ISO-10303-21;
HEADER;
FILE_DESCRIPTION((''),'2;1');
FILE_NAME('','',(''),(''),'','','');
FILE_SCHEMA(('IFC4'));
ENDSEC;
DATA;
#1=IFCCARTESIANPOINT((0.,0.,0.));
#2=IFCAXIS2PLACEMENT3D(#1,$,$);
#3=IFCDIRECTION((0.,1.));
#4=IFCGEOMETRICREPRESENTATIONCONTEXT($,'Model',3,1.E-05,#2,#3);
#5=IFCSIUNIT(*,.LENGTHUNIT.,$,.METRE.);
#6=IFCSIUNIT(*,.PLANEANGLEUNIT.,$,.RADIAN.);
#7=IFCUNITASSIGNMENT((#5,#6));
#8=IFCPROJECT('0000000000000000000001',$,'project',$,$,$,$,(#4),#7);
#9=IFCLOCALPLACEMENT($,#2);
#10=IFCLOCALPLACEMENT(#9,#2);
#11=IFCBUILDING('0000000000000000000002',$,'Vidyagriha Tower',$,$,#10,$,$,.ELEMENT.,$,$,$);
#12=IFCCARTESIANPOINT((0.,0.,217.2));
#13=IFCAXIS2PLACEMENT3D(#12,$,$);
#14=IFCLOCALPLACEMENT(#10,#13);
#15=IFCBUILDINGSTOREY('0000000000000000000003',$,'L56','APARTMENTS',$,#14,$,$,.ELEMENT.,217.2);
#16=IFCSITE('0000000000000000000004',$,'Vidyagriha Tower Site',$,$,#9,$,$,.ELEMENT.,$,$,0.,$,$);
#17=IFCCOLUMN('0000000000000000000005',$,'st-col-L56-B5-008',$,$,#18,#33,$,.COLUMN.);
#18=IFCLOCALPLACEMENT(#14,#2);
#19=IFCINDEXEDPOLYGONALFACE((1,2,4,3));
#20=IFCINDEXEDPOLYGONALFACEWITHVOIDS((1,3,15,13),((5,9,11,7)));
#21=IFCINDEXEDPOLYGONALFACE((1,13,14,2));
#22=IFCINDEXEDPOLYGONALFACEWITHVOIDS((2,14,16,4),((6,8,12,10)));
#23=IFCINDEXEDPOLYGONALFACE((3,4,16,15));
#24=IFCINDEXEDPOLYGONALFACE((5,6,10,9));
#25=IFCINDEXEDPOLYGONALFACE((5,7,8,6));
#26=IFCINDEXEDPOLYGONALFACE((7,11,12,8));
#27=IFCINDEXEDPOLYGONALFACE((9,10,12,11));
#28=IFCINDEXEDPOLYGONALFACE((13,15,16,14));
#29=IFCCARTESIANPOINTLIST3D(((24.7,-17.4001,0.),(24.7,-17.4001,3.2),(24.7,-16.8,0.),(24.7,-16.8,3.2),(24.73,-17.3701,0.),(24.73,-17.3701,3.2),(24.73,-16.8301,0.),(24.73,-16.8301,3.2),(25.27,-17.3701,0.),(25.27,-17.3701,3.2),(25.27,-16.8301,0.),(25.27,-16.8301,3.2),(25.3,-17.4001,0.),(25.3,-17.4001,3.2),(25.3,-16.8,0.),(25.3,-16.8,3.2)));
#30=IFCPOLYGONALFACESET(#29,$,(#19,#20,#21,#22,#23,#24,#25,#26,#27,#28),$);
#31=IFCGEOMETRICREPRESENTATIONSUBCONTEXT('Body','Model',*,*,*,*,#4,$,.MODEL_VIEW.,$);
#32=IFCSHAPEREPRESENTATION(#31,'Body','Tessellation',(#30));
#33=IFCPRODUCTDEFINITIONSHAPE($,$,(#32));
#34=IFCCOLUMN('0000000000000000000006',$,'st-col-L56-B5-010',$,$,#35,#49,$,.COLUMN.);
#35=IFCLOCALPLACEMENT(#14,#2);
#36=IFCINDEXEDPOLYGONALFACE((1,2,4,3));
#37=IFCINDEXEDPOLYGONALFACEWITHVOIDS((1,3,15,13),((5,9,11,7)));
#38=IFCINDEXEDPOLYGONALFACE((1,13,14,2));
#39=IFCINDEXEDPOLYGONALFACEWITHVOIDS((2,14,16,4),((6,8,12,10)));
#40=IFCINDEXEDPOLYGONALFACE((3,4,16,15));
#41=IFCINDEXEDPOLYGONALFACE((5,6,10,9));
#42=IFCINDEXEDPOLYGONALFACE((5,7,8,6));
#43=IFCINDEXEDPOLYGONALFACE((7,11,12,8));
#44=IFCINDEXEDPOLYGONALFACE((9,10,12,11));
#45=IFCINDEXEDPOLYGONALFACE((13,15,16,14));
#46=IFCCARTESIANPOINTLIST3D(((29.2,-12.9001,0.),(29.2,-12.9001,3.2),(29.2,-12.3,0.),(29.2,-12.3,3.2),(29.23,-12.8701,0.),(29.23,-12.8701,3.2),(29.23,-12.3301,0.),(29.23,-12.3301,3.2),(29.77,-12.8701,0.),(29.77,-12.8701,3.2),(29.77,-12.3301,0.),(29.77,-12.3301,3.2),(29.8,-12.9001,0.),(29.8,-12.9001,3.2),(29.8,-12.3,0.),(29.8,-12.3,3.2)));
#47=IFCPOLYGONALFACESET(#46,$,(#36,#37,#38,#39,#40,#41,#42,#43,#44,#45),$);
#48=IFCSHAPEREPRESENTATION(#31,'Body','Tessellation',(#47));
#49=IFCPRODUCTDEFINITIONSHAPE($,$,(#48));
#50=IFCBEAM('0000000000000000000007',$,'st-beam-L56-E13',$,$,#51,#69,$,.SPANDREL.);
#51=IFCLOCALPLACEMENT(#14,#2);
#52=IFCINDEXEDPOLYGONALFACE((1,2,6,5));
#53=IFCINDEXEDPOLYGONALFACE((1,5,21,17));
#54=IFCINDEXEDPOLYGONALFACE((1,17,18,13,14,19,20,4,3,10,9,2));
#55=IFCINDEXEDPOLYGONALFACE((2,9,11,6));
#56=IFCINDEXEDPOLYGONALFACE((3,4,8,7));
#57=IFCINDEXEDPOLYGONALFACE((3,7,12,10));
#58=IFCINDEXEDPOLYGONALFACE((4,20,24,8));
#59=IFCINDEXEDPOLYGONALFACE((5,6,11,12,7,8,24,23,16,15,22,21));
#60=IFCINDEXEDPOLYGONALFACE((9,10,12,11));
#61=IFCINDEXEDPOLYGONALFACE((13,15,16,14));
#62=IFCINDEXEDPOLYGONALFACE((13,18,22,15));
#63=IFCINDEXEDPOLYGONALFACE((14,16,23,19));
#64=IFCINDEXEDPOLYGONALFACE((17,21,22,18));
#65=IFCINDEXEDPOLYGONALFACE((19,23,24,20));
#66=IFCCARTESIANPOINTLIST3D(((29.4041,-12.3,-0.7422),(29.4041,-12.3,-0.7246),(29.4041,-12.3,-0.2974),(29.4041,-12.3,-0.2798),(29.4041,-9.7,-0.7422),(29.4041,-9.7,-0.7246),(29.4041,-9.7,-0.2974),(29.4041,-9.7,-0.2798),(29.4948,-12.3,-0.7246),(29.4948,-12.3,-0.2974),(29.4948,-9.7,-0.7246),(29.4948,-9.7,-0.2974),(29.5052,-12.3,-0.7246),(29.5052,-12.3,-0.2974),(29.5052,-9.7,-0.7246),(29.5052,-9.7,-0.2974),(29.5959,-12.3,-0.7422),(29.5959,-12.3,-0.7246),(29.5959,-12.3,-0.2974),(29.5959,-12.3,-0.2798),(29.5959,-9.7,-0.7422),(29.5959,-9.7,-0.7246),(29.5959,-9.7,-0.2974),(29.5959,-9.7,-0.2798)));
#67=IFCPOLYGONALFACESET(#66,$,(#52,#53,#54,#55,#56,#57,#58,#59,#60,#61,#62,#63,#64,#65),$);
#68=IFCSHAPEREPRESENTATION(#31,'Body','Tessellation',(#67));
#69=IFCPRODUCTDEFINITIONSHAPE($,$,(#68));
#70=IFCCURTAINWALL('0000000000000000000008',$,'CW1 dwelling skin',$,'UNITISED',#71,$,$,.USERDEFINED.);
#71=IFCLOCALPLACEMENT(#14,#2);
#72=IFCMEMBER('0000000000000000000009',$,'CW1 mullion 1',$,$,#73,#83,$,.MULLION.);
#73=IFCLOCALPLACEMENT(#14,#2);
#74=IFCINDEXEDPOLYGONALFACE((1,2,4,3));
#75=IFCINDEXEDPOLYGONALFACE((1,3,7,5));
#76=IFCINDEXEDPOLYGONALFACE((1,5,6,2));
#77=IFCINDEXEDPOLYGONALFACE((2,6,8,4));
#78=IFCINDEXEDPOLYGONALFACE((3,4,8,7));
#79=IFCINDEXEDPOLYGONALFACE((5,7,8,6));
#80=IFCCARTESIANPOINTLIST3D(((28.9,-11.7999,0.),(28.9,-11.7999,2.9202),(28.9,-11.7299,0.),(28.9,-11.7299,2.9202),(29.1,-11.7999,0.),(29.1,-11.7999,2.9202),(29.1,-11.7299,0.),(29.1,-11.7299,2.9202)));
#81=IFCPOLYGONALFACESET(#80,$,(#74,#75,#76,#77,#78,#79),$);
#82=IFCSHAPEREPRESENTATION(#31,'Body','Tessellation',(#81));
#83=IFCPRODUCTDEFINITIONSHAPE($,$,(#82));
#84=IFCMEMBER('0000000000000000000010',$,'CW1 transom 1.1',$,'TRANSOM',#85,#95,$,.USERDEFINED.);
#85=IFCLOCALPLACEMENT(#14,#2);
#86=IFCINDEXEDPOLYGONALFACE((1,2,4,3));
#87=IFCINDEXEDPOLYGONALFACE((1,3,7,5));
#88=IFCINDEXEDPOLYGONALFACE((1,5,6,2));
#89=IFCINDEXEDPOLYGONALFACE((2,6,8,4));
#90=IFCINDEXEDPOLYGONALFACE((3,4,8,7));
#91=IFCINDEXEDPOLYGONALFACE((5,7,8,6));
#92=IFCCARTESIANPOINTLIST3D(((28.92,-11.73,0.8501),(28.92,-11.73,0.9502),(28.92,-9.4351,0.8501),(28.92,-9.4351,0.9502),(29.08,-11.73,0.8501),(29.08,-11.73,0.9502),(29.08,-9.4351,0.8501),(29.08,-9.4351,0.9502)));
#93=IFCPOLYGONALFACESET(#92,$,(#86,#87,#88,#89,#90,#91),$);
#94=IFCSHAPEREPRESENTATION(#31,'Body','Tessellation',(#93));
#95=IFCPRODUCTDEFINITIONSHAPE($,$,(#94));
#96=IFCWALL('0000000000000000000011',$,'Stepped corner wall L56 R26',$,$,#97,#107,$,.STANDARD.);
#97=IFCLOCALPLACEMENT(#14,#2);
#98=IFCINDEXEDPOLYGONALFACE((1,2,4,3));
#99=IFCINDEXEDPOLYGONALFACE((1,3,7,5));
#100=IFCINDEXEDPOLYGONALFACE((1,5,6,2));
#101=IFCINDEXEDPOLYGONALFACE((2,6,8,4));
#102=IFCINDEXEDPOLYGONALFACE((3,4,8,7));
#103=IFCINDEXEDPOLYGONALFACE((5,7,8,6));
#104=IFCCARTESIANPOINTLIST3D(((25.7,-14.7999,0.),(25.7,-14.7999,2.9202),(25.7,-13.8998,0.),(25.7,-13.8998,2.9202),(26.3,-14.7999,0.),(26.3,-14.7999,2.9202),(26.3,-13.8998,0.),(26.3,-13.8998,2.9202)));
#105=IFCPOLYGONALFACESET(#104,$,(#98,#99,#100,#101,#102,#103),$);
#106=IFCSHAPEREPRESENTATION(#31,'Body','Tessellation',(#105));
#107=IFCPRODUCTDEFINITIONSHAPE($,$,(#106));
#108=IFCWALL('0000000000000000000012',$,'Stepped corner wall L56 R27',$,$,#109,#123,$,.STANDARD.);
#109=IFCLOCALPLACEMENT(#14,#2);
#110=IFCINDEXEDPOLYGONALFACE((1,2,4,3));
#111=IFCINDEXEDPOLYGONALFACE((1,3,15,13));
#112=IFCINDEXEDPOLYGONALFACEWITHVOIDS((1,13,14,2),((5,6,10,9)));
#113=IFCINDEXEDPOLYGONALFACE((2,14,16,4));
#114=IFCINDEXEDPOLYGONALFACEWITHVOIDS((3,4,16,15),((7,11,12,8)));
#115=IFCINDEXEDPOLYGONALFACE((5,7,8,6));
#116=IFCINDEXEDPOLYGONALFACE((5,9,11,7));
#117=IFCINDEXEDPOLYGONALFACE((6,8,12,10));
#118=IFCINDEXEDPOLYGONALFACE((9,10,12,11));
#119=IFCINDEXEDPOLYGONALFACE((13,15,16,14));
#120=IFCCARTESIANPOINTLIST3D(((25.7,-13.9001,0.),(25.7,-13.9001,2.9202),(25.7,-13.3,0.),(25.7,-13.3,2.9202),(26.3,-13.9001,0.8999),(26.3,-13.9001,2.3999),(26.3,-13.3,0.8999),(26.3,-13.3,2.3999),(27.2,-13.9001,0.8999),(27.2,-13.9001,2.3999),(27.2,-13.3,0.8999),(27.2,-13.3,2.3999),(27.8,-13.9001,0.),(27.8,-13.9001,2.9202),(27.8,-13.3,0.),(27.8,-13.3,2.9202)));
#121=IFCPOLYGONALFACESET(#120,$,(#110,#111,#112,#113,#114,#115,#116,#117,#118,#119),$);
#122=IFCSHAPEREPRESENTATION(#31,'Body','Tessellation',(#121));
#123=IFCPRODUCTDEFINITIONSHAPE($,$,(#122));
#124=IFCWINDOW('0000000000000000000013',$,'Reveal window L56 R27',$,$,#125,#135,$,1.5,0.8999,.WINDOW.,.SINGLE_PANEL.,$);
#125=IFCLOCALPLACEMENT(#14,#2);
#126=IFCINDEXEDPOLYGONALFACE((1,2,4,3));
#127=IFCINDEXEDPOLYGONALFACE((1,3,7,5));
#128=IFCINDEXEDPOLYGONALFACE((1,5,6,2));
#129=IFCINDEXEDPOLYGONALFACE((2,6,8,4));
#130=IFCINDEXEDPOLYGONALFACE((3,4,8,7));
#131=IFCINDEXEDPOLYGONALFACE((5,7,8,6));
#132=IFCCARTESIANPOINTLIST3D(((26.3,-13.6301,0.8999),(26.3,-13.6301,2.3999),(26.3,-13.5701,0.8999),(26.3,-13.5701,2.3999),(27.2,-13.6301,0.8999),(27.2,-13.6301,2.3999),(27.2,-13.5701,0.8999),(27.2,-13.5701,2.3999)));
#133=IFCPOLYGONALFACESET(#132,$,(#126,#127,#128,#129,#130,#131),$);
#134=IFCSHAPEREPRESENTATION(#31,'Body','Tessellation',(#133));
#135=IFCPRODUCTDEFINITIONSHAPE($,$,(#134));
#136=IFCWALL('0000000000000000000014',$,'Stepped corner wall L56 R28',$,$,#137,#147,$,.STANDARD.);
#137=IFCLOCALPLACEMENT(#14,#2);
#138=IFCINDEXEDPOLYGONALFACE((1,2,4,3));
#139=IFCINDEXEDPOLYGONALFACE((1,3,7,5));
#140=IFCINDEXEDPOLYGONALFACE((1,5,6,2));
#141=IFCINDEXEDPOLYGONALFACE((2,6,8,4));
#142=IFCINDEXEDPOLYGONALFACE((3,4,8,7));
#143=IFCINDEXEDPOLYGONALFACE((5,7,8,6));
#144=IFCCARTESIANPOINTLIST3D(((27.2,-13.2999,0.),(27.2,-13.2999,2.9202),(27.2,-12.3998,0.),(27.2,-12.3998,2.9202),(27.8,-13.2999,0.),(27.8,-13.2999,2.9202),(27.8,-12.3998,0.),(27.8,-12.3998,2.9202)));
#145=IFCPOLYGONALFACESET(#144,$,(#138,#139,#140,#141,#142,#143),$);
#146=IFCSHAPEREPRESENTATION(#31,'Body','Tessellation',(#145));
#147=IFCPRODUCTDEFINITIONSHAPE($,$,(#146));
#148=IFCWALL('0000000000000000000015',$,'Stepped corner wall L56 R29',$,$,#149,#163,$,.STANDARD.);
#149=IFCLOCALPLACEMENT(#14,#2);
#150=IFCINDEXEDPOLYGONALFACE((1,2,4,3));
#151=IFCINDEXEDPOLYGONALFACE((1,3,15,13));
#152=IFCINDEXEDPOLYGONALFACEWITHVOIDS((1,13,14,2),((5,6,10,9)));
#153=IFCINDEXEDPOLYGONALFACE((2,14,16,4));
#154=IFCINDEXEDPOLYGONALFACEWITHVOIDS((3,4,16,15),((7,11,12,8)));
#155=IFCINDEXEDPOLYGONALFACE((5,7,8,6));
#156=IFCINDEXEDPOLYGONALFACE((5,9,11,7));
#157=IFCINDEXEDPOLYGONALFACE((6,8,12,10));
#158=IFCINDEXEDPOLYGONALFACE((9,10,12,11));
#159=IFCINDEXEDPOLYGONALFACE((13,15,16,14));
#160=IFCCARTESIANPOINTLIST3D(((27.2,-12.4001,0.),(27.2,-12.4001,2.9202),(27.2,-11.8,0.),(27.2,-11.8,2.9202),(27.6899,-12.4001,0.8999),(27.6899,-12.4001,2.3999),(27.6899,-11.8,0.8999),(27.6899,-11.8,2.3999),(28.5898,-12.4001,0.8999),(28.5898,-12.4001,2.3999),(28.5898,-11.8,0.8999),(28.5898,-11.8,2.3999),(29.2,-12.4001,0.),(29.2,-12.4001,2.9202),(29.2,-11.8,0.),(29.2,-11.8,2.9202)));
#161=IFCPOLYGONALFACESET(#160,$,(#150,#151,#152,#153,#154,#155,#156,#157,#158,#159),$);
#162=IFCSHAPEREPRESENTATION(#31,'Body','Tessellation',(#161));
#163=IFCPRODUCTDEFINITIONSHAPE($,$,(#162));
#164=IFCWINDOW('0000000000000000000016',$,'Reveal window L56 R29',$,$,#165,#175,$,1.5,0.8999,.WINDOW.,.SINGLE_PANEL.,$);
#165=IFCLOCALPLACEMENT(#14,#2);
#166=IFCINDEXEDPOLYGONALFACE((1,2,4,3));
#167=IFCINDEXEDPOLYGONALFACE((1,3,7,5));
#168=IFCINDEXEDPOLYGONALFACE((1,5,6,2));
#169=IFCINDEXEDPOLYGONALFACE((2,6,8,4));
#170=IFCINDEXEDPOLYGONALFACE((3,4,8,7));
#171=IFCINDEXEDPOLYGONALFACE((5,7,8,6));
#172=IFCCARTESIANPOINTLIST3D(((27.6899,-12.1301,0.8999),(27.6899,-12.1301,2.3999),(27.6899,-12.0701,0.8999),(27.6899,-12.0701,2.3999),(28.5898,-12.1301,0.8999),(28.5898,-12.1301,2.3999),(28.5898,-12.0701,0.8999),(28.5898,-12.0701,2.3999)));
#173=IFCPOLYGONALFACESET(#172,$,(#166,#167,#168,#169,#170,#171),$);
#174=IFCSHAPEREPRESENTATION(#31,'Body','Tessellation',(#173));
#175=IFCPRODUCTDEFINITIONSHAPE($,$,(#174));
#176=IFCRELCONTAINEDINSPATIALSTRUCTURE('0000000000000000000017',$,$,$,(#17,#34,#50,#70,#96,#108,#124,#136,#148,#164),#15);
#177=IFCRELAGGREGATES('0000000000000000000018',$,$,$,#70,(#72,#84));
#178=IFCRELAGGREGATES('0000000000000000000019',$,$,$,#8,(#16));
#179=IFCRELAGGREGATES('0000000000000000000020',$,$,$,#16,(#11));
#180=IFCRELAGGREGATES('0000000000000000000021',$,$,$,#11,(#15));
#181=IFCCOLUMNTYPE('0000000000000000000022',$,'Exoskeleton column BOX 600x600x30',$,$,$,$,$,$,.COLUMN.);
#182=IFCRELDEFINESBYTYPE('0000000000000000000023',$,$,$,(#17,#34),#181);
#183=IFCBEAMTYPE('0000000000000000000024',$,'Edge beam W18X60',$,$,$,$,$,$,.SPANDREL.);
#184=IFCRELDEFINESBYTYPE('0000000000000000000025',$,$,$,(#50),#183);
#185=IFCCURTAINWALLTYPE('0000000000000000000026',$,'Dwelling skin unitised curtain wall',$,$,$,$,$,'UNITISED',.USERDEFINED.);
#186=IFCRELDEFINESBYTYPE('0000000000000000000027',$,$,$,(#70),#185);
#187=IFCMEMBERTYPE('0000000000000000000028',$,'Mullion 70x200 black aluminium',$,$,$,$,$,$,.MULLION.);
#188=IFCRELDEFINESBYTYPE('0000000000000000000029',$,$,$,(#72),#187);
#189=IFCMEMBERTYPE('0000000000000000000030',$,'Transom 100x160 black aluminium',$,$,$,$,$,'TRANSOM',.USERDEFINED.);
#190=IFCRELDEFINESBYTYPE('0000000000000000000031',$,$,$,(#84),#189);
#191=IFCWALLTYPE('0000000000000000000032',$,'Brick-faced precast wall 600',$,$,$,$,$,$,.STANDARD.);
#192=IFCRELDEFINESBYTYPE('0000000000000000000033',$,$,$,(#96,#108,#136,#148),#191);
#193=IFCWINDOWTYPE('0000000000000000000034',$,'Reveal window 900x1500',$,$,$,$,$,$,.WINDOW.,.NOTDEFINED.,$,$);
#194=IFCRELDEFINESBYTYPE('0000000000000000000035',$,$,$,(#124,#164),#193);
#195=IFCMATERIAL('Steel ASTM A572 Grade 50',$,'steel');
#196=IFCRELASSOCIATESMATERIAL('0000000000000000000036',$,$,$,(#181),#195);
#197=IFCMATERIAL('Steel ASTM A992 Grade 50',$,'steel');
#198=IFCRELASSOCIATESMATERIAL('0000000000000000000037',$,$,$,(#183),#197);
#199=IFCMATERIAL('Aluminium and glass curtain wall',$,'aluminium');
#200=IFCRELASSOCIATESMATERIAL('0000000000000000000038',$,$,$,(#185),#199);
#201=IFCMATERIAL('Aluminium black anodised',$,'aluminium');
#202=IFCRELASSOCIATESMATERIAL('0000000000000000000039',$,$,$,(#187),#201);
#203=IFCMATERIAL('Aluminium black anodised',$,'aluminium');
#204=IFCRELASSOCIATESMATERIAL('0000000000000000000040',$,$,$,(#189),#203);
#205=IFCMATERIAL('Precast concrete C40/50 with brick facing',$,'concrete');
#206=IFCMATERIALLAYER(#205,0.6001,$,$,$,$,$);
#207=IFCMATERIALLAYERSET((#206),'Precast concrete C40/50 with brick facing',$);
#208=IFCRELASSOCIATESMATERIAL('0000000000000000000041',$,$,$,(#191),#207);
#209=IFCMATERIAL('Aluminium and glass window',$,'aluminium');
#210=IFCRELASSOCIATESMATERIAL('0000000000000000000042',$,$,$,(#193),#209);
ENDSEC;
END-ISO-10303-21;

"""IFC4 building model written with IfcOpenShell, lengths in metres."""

from ifc_helpers import new_model, si_unit, direction, frame, frame_2d, origin, origin_2d, place, context, subcontext, project, spatial, rectangle, hollow_rectangle, i_section, extrude, material, layer, layer_set, material_profile, profile_set, type_object, element, fill, aggregate, save


model = new_model("IFC4")

# Units and contexts
model_context = context("Model", 3, precision=1e-05, world=origin(), true_north=direction((0.0, 1.0)))
body_context = subcontext(model_context, "Body", "Model", "MODEL_VIEW")
ifc_project = project(units=[si_unit("LENGTHUNIT", "METRE"), si_unit("PLANEANGLEUNIT", "RADIAN")], contexts=[model_context])

# Site, building, storey
site_placement = place(None, origin())
site = spatial("IfcSite", under=ifc_project, at=site_placement, Name="Vidyagriha Tower Site", CompositionType="ELEMENT", RefElevation=0.0)
building_placement = place(site_placement, origin())
building = spatial("IfcBuilding", under=site, at=building_placement, Name="Vidyagriha Tower", CompositionType="ELEMENT")
storey_placement = place(building_placement, frame((0.0, 0.0, 217.2)))
storey = spatial("IfcBuildingStorey", under=building, at=storey_placement, Name="L56", Description="APARTMENTS", CompositionType="ELEMENT", Elevation=217.2)

# Columns
ifc_material_1 = material(Name="Steel ASTM A572 Grade 50", Category="steel")
ifc_material_profile_1 = material_profile(ifc_material_1, hollow_rectangle(XDim=0.6001, YDim=0.6001, WallThickness=0.03, at=origin_2d()), Name="BOX 600x600x30")
ifc_profile_set_1 = profile_set([ifc_material_profile_1], Name="Steel ASTM A572 Grade 50")
column_type = type_object("IfcColumnType", Name="Exoskeleton column BOX 600x600x30", PredefinedType="COLUMN", material=ifc_profile_set_1)
for number, where, name in (
    (1, (25.0, -17.1001, 0.0), "st-col-L56-B5-008"),
    (2, (29.5, -12.6001, 0.0), "st-col-L56-B5-010"),
):
    element("IfcColumn", number, at=place(storey_placement, frame(where)), inside=storey, type_object=column_type, Name=name, PredefinedType="COLUMN", context=body_context, shape_type="SweptSolid", body=[
        extrude(hollow_rectangle(XDim=0.6001, YDim=0.6001, WallThickness=0.03, at=origin_2d()), origin(), (0.0, 0.0, 1.0), 3.2),
    ])

# Beam
ifc_material_2 = material(Name="Steel ASTM A992 Grade 50", Category="steel")
ifc_material_profile_2 = material_profile(ifc_material_2, i_section(OverallWidth=0.1919, OverallDepth=0.4624, WebThickness=0.0105, FlangeThickness=0.0176, at=origin_2d()), Name="W18X60")
ifc_profile_set_2 = profile_set([ifc_material_profile_2], Name="Steel ASTM A992 Grade 50")
beam_type = type_object("IfcBeamType", Name="Edge beam W18X60", PredefinedType="SPANDREL", material=ifc_profile_set_2)
beam_placement = place(storey_placement, frame((29.5, -12.3, -0.511), z_axis=(0.0, 1.0, 0.0), x_axis=(-1.0, 0.0, 0.0)))
element("IfcBeam", 3, at=beam_placement, inside=storey, type_object=beam_type, Name="st-beam-L56-E13", PredefinedType="SPANDREL", context=body_context, shape_type="SweptSolid", body=[
    extrude(i_section(OverallWidth=0.1919, OverallDepth=0.4624, WebThickness=0.0105, FlangeThickness=0.0176, at=origin_2d()), origin(), (0.0, 0.0, 1.0), 2.6001),
])

# Curtain wall, members
ifc_material_3 = material(Name="Aluminium and glass curtain wall", Category="aluminium")
curtain_wall_type = type_object("IfcCurtainWallType", Name="Dwelling skin unitised curtain wall", ElementType="UNITISED", PredefinedType="USERDEFINED", material=ifc_material_3)
curtain_wall_placement = place(storey_placement, origin())
curtain_wall = element("IfcCurtainWall", 4, at=curtain_wall_placement, inside=storey, type_object=curtain_wall_type, Name="CW1 dwelling skin", ObjectType="UNITISED", PredefinedType="USERDEFINED")
ifc_material_4 = material(Name="Aluminium black anodised", Category="aluminium")
ifc_material_profile_3 = material_profile(ifc_material_4, rectangle(XDim=0.2, YDim=0.0701, at=origin_2d()), Name="Mullion 70x200 black aluminium")
ifc_profile_set_3 = profile_set([ifc_material_profile_3], Name="Aluminium black anodised")
member_type_1 = type_object("IfcMemberType", Name="Mullion 70x200 black aluminium", PredefinedType="MULLION", material=ifc_profile_set_3)
member_1_placement = place(storey_placement, frame((29.0, -11.7649, 0.0), z_axis=(0.0, 0.0, 1.0), x_axis=(-1.0, 0.0, 0.0)))
member_1 = element("IfcMember", 5, at=member_1_placement, type_object=member_type_1, Name="CW1 mullion 1", PredefinedType="MULLION", context=body_context, shape_type="SweptSolid", body=[
    extrude(rectangle(XDim=0.2, YDim=0.0701, at=origin_2d()), origin(), (0.0, 0.0, 1.0), 2.9202),
])
ifc_material_5 = material(Name="Aluminium black anodised", Category="aluminium")
ifc_material_profile_4 = material_profile(ifc_material_5, rectangle(XDim=0.1599, YDim=0.1001, at=origin_2d()), Name="Transom 100x160 black aluminium")
ifc_profile_set_4 = profile_set([ifc_material_profile_4], Name="Aluminium black anodised")
member_type_2 = type_object("IfcMemberType", Name="Transom 100x160 black aluminium", ElementType="TRANSOM", PredefinedType="USERDEFINED", material=ifc_profile_set_4)
member_2_placement = place(storey_placement, frame((29.0, -11.73, 0.9001), z_axis=(0.0, 1.0, 0.0), x_axis=(-1.0, 0.0, 0.0)))
member_2 = element("IfcMember", 6, at=member_2_placement, type_object=member_type_2, Name="CW1 transom 1.1", ObjectType="TRANSOM", PredefinedType="USERDEFINED", context=body_context, shape_type="SweptSolid", body=[
    extrude(rectangle(XDim=0.1599, YDim=0.1001, at=origin_2d()), origin(), (0.0, 0.0, 1.0), 2.2949),
])
aggregate(curtain_wall, [member_1, member_2])

# Wall
ifc_material_6 = material(Name="Precast concrete C40/50 with brick facing", Category="concrete")
ifc_layer_1 = layer(ifc_material_6, 0.6001)
ifc_layer_set_1 = layer_set([ifc_layer_1], Name="Precast concrete C40/50 with brick facing")
wall_type_1 = type_object("IfcWallType", Name="Brick-faced precast wall 600", PredefinedType="STANDARD", material=ifc_layer_set_1)
wall_1_placement = place(storey_placement, frame((26.0, -14.8, 0.0), z_axis=(0.0, 0.0, 1.0), x_axis=(0.0, 1.0, 0.0)))
element("IfcWall", 7, at=wall_1_placement, inside=storey, type_object=wall_type_1, Name="Stepped corner wall L56 R26", PredefinedType="STANDARD", context=body_context, shape_type="SweptSolid", body=[
    extrude(rectangle(XDim=0.9001, YDim=0.6001, at=frame_2d((0.4502, 0.0))), origin(), (0.0, 0.0, 1.0), 2.9202),
])

# Wall, opening, window
wall_2_placement = place(storey_placement, frame((25.7, -13.6001, 0.0)))
wall_2 = element("IfcWall", 8, at=wall_2_placement, inside=storey, type_object=wall_type_1, Name="Stepped corner wall L56 R27", PredefinedType="STANDARD", context=body_context, shape_type="SweptSolid", body=[
    extrude(rectangle(XDim=2.1001, YDim=0.6001, at=frame_2d((1.05, 0.0))), origin(), (0.0, 0.0, 1.0), 2.9202),
])
opening_1_placement = place(wall_2_placement, frame((0.6001, 0.0, 0.8999)))
opening_1 = element("IfcOpeningElement", 9, at=opening_1_placement, cuts=wall_2, PredefinedType="OPENING", context=body_context, shape_type="SweptSolid", body=[
    extrude(rectangle(XDim=0.8999, YDim=1.5, at=frame_2d((0.45, 0.75))), frame((0.0, 0.3101, 0.0), z_axis=(0.0, -1.0, 0.0), x_axis=(1.0, 0.0, 0.0)), (0.0, 0.0, 1.0), 0.6201),
])
ifc_material_7 = material(Name="Aluminium and glass window", Category="aluminium")
window_type = type_object("IfcWindowType", Name="Reveal window 900x1500", PartitioningType="NOTDEFINED", PredefinedType="WINDOW", material=ifc_material_7)
window_1_placement = place(opening_1_placement, origin())
window_1 = element("IfcWindow", 10, at=window_1_placement, inside=storey, type_object=window_type, Name="Reveal window L56 R27", OverallHeight=1.5, OverallWidth=0.8999, PartitioningType="SINGLE_PANEL", PredefinedType="WINDOW", context=body_context, shape_type="SweptSolid", body=[
    extrude(rectangle(XDim=0.8999, YDim=1.5, at=frame_2d((0.45, 0.75))), frame((0.0, 0.03, 0.0), z_axis=(0.0, -1.0, 0.0), x_axis=(1.0, 0.0, 0.0)), (0.0, 0.0, 1.0), 0.0601),
])
fill(opening_1, window_1)

# Wall
wall_3_placement = place(storey_placement, frame((27.5, -13.3, 0.0), z_axis=(0.0, 0.0, 1.0), x_axis=(0.0, 1.0, 0.0)))
element("IfcWall", 11, at=wall_3_placement, inside=storey, type_object=wall_type_1, Name="Stepped corner wall L56 R28", PredefinedType="STANDARD", context=body_context, shape_type="SweptSolid", body=[
    extrude(rectangle(XDim=0.9001, YDim=0.6001, at=frame_2d((0.4502, 0.0))), origin(), (0.0, 0.0, 1.0), 2.9202),
])

# Wall, opening, window
wall_4_placement = place(storey_placement, frame((27.2, -12.1001, 0.0)))
wall_4 = element("IfcWall", 12, at=wall_4_placement, inside=storey, type_object=wall_type_1, Name="Stepped corner wall L56 R29", PredefinedType="STANDARD", context=body_context, shape_type="SweptSolid", body=[
    extrude(rectangle(XDim=2.0, YDim=0.6001, at=frame_2d((1.0, 0.0))), origin(), (0.0, 0.0, 1.0), 2.9202),
])
opening_2_placement = place(wall_4_placement, frame((0.49, 0.0, 0.8999)))
opening_2 = element("IfcOpeningElement", 13, at=opening_2_placement, cuts=wall_4, PredefinedType="OPENING", context=body_context, shape_type="SweptSolid", body=[
    extrude(rectangle(XDim=0.8999, YDim=1.5, at=frame_2d((0.45, 0.75))), frame((0.0, 0.3101, 0.0), z_axis=(0.0, -1.0, 0.0), x_axis=(1.0, 0.0, 0.0)), (0.0, 0.0, 1.0), 0.6201),
])
window_2_placement = place(opening_2_placement, origin())
window_2 = element("IfcWindow", 14, at=window_2_placement, inside=storey, type_object=window_type, Name="Reveal window L56 R29", OverallHeight=1.5, OverallWidth=0.8999, PartitioningType="SINGLE_PANEL", PredefinedType="WINDOW", context=body_context, shape_type="SweptSolid", body=[
    extrude(rectangle(XDim=0.8999, YDim=1.5, at=frame_2d((0.45, 0.75))), frame((0.0, 0.03, 0.0), z_axis=(0.0, -1.0, 0.0), x_axis=(1.0, 0.0, 0.0)), (0.0, 0.0, 1.0), 0.0601),
])
fill(opening_2, window_2)

save(model, "model.ifc")
